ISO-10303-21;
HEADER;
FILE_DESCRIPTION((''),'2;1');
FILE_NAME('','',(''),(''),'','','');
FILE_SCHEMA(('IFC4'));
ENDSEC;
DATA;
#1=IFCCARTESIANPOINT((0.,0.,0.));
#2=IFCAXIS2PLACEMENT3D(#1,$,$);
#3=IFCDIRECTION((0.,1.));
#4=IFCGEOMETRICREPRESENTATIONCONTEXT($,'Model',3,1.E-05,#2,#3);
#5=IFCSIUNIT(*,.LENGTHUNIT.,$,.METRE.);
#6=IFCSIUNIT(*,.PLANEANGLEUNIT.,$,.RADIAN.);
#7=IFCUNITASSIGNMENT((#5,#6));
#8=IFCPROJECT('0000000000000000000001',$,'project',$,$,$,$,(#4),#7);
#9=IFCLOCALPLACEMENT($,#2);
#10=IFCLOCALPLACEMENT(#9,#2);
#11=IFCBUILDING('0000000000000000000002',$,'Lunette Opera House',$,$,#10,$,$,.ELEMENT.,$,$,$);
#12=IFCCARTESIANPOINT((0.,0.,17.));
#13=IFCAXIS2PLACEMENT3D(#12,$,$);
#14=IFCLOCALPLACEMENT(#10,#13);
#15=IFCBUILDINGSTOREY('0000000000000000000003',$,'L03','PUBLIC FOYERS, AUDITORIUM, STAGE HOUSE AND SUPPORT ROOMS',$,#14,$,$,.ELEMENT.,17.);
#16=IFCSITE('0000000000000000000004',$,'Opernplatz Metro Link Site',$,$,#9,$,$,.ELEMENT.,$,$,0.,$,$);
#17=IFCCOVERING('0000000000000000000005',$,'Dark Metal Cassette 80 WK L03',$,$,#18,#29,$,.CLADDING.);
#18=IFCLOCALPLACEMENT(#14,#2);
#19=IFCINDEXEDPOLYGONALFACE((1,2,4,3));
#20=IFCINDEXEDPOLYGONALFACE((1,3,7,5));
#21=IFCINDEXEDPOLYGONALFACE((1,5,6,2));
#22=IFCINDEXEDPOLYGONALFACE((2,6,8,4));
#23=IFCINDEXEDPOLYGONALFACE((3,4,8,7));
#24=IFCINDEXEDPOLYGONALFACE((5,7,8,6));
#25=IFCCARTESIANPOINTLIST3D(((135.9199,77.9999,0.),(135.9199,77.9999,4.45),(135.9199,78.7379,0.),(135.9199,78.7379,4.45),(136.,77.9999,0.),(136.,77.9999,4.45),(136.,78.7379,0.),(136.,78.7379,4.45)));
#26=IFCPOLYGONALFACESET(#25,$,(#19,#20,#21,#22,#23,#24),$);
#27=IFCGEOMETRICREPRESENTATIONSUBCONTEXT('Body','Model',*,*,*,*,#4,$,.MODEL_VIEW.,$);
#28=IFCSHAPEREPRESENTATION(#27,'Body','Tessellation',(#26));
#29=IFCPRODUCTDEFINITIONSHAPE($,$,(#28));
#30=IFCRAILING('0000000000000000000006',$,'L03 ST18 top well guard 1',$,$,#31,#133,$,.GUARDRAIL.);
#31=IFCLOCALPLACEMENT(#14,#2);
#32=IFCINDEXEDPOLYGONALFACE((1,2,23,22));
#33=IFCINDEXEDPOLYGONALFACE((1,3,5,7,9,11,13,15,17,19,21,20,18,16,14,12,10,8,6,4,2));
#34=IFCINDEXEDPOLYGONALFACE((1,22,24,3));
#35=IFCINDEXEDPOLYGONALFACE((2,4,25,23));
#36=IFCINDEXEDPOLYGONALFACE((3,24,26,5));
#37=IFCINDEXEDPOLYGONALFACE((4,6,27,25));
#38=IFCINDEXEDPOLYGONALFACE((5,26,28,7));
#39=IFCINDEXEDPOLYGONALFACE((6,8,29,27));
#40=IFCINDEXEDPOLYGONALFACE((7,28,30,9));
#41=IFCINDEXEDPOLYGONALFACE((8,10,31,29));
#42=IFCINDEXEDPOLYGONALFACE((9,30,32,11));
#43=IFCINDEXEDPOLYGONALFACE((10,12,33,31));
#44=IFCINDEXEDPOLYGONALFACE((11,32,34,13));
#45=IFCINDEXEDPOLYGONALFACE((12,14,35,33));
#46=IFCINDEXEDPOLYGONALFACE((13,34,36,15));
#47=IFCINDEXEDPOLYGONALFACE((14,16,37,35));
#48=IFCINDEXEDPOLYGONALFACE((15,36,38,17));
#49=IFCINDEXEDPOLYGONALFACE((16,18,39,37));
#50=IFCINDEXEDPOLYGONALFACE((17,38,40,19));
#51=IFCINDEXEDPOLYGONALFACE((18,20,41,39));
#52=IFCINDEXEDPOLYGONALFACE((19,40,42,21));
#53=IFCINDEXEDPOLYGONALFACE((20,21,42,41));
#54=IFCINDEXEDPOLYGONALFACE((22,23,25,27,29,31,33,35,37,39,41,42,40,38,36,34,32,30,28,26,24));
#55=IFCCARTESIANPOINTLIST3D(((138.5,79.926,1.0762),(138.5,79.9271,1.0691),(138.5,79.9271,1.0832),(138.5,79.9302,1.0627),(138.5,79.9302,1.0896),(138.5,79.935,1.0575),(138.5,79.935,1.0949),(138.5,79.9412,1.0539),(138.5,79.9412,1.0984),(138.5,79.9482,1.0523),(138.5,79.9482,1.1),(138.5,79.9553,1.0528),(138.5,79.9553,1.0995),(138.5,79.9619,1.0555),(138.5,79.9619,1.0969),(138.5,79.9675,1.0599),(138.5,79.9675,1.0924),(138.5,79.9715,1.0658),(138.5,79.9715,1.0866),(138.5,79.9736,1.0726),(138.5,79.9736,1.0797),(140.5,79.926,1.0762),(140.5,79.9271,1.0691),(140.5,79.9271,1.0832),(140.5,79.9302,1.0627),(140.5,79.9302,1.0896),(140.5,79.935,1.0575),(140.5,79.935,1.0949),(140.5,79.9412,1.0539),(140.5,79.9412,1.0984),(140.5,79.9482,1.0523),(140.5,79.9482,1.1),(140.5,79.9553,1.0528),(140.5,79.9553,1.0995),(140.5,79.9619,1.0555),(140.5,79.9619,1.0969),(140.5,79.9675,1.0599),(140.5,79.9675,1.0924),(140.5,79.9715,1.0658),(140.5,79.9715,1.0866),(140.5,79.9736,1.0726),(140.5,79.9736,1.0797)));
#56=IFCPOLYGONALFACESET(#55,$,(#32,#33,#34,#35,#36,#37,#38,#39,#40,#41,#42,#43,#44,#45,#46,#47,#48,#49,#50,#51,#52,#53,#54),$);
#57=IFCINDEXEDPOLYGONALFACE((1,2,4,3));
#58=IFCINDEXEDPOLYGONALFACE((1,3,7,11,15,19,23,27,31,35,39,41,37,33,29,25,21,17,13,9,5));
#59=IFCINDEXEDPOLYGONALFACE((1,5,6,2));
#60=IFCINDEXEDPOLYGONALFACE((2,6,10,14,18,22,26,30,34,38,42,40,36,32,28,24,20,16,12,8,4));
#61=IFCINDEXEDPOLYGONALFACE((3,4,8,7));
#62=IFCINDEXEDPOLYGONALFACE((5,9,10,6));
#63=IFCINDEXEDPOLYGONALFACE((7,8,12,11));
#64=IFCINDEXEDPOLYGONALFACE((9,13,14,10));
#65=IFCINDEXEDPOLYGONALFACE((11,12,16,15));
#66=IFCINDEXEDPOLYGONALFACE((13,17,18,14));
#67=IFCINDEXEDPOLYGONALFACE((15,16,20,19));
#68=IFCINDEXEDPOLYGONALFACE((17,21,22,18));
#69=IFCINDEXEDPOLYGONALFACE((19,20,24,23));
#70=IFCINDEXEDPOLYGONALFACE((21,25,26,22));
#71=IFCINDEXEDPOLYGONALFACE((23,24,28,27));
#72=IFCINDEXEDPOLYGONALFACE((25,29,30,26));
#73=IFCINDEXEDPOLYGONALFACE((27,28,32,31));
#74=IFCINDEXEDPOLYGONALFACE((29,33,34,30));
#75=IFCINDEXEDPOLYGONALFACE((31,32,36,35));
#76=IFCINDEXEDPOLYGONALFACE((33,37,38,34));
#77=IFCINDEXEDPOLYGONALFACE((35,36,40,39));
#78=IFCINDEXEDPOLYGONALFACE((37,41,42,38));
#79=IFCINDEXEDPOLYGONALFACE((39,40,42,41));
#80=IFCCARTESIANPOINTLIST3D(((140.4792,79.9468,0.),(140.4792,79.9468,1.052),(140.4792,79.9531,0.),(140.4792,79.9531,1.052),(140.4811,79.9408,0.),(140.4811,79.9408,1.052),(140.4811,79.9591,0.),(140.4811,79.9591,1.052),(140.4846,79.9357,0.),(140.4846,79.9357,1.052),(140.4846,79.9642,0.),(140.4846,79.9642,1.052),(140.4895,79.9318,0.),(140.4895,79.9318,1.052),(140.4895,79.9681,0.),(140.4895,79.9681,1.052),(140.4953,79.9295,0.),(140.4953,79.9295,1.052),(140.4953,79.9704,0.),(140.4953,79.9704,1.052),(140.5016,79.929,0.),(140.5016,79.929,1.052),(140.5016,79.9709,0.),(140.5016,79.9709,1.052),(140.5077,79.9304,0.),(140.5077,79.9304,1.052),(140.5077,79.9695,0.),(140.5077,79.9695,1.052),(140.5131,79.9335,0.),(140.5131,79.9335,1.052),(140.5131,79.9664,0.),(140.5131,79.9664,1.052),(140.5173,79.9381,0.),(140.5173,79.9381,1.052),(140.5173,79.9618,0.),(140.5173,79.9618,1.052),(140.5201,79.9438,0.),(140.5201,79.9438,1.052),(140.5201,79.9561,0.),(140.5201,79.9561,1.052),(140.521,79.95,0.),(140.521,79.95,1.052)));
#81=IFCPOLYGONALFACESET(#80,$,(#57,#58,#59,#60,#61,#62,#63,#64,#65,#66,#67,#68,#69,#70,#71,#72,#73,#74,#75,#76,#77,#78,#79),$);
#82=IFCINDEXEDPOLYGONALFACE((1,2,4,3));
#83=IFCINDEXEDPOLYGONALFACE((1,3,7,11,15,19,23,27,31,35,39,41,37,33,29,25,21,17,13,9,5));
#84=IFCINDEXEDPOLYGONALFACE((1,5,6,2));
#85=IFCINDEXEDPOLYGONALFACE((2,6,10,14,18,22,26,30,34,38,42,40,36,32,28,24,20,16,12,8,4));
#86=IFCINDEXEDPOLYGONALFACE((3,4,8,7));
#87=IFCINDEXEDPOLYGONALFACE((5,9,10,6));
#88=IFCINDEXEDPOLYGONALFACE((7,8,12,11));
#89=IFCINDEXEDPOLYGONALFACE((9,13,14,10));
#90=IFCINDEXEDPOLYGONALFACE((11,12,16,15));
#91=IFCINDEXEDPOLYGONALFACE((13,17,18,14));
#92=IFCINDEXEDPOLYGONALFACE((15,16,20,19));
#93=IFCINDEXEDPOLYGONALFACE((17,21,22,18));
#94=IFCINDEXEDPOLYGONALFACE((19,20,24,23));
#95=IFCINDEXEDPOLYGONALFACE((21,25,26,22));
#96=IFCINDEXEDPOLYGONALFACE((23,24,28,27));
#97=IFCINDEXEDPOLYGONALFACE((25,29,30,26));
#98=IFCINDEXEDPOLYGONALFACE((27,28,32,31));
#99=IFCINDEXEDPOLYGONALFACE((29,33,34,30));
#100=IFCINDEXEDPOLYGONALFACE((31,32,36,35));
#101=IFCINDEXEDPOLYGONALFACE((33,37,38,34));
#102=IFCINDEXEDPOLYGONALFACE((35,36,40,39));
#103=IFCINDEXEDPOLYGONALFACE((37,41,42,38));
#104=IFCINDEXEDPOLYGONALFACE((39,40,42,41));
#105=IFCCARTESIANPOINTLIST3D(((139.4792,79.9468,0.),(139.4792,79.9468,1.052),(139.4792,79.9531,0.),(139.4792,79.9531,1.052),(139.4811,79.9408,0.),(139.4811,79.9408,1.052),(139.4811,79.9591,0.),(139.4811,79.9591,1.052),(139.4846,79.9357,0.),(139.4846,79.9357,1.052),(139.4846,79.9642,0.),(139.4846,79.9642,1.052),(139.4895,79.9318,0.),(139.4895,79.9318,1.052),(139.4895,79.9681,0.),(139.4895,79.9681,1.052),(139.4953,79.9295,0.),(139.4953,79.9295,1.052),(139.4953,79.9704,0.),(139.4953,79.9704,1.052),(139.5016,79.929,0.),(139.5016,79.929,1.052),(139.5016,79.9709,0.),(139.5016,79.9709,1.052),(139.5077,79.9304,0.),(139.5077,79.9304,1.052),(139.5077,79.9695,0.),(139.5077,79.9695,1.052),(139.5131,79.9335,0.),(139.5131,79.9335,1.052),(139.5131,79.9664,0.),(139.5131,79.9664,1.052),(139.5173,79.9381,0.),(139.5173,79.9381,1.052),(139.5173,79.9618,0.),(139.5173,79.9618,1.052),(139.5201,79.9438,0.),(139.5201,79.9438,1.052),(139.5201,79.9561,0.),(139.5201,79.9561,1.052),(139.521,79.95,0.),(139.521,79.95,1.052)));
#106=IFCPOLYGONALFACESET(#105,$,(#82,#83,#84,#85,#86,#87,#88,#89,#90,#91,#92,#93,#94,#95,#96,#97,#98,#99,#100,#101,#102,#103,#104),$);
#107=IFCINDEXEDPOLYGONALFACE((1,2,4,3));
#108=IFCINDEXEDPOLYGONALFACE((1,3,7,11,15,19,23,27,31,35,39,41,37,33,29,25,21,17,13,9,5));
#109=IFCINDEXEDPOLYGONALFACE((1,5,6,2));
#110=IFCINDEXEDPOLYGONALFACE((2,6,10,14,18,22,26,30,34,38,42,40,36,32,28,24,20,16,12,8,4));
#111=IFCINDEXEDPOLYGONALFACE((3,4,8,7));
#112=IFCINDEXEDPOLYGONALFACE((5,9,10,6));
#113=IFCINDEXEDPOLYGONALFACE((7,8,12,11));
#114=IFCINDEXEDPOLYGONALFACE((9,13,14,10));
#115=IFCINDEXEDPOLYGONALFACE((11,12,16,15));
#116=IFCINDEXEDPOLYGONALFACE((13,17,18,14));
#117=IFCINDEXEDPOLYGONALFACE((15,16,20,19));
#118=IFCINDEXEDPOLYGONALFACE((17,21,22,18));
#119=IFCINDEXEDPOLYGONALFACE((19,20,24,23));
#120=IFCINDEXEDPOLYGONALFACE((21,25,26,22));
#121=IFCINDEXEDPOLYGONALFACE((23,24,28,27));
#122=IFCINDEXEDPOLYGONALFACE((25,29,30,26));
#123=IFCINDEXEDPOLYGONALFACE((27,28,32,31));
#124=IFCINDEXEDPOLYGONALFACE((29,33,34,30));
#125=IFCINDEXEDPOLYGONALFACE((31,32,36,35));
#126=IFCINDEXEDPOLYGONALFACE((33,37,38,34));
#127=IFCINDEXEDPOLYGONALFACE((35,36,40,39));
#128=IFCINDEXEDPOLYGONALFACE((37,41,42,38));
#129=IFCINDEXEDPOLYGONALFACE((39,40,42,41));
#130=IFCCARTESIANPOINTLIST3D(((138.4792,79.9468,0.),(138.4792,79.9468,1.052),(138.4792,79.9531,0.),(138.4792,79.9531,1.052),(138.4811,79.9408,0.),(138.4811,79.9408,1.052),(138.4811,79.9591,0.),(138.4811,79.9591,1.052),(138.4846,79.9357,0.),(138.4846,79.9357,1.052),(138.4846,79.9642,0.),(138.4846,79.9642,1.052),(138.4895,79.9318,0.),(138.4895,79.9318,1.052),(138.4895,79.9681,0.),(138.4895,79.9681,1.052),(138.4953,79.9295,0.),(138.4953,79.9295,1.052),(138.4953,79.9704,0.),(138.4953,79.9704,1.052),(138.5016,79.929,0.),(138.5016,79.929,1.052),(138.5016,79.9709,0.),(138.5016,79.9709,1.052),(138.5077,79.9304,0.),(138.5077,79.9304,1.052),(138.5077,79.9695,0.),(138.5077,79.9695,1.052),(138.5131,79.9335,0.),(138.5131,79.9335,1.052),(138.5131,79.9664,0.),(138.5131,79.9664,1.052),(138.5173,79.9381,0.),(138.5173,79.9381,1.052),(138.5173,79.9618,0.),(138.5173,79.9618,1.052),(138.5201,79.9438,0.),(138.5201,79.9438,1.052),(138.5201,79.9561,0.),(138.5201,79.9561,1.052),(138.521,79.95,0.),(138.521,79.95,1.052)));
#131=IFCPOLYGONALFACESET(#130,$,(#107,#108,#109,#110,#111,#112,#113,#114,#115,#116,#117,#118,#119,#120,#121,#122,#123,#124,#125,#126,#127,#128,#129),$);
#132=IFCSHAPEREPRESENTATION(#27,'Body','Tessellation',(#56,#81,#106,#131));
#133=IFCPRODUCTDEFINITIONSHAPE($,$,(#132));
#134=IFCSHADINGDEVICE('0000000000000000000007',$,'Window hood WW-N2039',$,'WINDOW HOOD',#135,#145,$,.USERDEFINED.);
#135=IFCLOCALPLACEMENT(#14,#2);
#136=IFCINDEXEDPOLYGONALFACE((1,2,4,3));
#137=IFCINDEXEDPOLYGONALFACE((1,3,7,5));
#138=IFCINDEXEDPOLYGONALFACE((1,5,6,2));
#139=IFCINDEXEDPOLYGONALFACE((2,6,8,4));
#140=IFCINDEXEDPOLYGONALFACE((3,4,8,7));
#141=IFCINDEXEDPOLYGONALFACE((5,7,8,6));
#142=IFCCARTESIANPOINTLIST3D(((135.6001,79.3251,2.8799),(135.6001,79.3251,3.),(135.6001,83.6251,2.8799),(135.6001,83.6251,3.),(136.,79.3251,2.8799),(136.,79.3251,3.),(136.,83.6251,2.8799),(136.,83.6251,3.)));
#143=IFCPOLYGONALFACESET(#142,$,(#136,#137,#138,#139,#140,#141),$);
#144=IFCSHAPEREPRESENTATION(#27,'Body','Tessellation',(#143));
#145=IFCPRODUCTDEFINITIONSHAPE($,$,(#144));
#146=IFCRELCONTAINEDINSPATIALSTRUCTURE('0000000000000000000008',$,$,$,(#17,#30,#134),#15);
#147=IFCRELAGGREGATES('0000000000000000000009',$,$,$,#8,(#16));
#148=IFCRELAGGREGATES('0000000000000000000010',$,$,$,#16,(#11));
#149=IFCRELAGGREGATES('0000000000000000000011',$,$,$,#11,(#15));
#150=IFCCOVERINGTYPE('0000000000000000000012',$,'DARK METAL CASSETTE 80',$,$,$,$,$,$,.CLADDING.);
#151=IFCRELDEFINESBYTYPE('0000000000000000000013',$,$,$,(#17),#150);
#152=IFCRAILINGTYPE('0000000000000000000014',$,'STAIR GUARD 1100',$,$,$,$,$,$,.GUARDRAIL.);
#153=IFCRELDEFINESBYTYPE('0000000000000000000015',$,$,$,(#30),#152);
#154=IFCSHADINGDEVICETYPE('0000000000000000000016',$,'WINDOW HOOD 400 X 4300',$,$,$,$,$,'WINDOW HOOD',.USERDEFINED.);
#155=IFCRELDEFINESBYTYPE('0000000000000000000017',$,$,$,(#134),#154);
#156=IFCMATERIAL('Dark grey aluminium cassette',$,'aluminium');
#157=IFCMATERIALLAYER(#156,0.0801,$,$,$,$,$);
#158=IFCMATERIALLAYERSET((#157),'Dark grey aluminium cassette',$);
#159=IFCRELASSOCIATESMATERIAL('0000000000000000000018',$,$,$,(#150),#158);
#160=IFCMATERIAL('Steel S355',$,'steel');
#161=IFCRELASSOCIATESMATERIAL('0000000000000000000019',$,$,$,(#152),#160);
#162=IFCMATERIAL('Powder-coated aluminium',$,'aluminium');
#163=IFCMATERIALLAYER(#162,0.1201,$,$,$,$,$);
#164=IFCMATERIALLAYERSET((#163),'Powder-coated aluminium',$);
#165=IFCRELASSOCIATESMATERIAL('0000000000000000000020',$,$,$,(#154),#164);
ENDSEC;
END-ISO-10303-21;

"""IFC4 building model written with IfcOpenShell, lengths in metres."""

from ifc_helpers import new_model, si_unit, direction, frame, origin, origin_2d, place, context, subcontext, project, spatial, rectangle, circle, extrude, material, layer, layer_set, type_object, element, save


model = new_model("IFC4")

# Units and contexts
model_context = context("Model", 3, precision=1e-05, world=origin(), true_north=direction((0.0, 1.0)))
body_context = subcontext(model_context, "Body", "Model", "MODEL_VIEW")
ifc_project = project(units=[si_unit("LENGTHUNIT", "METRE"), si_unit("PLANEANGLEUNIT", "RADIAN")], contexts=[model_context])

# Site, building, storey
site_placement = place(None, origin())
site = spatial("IfcSite", under=ifc_project, at=site_placement, Name="Opernplatz Metro Link Site", CompositionType="ELEMENT", RefElevation=0.0)
building_placement = place(site_placement, origin())
building = spatial("IfcBuilding", under=site, at=building_placement, Name="Lunette Opera House", CompositionType="ELEMENT")
storey_placement = place(building_placement, frame((0.0, 0.0, 17.0)))
storey = spatial("IfcBuildingStorey", under=building, at=storey_placement, Name="L03", Description="PUBLIC FOYERS, AUDITORIUM, STAGE HOUSE AND SUPPORT ROOMS", CompositionType="ELEMENT", Elevation=17.0)

# Covering
ifc_material_1 = material(Name="Dark grey aluminium cassette", Category="aluminium")
ifc_layer_1 = layer(ifc_material_1, 0.0801)
ifc_layer_set_1 = layer_set([ifc_layer_1], Name="Dark grey aluminium cassette")
covering_type = type_object("IfcCoveringType", Name="DARK METAL CASSETTE 80", PredefinedType="CLADDING", material=ifc_layer_set_1)
for number, where, z_axis, x_axis, name in (
    (1, (135.96, 78.3689, 0.0), (0.0, 0.0, 1.0), (0.0, -1.0, 0.0), "Dark Metal Cassette 80 WK L03"),
):
    element("IfcCovering", number, at=place(storey_placement, frame(where, z_axis=z_axis, x_axis=x_axis)), inside=storey, type_object=covering_type, Name=name, PredefinedType="CLADDING", context=body_context, shape_type="SweptSolid", body=[
        extrude(rectangle(XDim=0.738, YDim=0.0801, at=origin_2d()), origin(), (0.0, 0.0, 1.0), 4.45),
    ])

# Railing
ifc_material_2 = material(Name="Steel S355", Category="steel")
railing_type = type_object("IfcRailingType", Name="STAIR GUARD 1100", PredefinedType="GUARDRAIL", material=ifc_material_2)
railing_placement = place(storey_placement, frame((140.5, 79.95, 0.0)))
element("IfcRailing", 2, at=railing_placement, inside=storey, type_object=railing_type, Name="L03 ST18 top well guard 1", PredefinedType="GUARDRAIL", context=body_context, shape_type="SweptSolid", body=[
    extrude(circle(Radius=0.0239, at=origin_2d()), frame((0.0, 0.0, 1.0762), z_axis=(-1.0, 0.0, 0.0), x_axis=(0.0, -1.0, 0.0)), (0.0, 0.0, 1.0), 2.0),
    extrude(circle(Radius=0.021, at=origin_2d()), origin(), (0.0, 0.0, 1.0), 1.052),
    extrude(circle(Radius=0.021, at=origin_2d()), frame((-1.0, 0.0, 0.0)), (0.0, 0.0, 1.0), 1.052),
    extrude(circle(Radius=0.021, at=origin_2d()), frame((-2.0, 0.0, 0.0)), (0.0, 0.0, 1.0), 1.052),
])

# Shading device
ifc_material_3 = material(Name="Powder-coated aluminium", Category="aluminium")
ifc_layer_2 = layer(ifc_material_3, 0.1201)
ifc_layer_set_2 = layer_set([ifc_layer_2], Name="Powder-coated aluminium")
shading_device_type = type_object("IfcShadingDeviceType", Name="WINDOW HOOD 400 X 4300", ElementType="WINDOW HOOD", PredefinedType="USERDEFINED", material=ifc_layer_set_2)
shading_device_placement = place(storey_placement, frame((135.8, 81.4751, 2.8799), z_axis=(0.0, 0.0, 1.0), x_axis=(-1.0, 0.0, 0.0)))
element("IfcShadingDevice", 3, at=shading_device_placement, inside=storey, type_object=shading_device_type, Name="Window hood WW-N2039", ObjectType="WINDOW HOOD", PredefinedType="USERDEFINED", context=body_context, shape_type="SweptSolid", body=[
    extrude(rectangle(XDim=0.3999, YDim=4.3, at=origin_2d()), origin(), (0.0, 0.0, 1.0), 0.1201),
])

save(model, "model.ifc")
